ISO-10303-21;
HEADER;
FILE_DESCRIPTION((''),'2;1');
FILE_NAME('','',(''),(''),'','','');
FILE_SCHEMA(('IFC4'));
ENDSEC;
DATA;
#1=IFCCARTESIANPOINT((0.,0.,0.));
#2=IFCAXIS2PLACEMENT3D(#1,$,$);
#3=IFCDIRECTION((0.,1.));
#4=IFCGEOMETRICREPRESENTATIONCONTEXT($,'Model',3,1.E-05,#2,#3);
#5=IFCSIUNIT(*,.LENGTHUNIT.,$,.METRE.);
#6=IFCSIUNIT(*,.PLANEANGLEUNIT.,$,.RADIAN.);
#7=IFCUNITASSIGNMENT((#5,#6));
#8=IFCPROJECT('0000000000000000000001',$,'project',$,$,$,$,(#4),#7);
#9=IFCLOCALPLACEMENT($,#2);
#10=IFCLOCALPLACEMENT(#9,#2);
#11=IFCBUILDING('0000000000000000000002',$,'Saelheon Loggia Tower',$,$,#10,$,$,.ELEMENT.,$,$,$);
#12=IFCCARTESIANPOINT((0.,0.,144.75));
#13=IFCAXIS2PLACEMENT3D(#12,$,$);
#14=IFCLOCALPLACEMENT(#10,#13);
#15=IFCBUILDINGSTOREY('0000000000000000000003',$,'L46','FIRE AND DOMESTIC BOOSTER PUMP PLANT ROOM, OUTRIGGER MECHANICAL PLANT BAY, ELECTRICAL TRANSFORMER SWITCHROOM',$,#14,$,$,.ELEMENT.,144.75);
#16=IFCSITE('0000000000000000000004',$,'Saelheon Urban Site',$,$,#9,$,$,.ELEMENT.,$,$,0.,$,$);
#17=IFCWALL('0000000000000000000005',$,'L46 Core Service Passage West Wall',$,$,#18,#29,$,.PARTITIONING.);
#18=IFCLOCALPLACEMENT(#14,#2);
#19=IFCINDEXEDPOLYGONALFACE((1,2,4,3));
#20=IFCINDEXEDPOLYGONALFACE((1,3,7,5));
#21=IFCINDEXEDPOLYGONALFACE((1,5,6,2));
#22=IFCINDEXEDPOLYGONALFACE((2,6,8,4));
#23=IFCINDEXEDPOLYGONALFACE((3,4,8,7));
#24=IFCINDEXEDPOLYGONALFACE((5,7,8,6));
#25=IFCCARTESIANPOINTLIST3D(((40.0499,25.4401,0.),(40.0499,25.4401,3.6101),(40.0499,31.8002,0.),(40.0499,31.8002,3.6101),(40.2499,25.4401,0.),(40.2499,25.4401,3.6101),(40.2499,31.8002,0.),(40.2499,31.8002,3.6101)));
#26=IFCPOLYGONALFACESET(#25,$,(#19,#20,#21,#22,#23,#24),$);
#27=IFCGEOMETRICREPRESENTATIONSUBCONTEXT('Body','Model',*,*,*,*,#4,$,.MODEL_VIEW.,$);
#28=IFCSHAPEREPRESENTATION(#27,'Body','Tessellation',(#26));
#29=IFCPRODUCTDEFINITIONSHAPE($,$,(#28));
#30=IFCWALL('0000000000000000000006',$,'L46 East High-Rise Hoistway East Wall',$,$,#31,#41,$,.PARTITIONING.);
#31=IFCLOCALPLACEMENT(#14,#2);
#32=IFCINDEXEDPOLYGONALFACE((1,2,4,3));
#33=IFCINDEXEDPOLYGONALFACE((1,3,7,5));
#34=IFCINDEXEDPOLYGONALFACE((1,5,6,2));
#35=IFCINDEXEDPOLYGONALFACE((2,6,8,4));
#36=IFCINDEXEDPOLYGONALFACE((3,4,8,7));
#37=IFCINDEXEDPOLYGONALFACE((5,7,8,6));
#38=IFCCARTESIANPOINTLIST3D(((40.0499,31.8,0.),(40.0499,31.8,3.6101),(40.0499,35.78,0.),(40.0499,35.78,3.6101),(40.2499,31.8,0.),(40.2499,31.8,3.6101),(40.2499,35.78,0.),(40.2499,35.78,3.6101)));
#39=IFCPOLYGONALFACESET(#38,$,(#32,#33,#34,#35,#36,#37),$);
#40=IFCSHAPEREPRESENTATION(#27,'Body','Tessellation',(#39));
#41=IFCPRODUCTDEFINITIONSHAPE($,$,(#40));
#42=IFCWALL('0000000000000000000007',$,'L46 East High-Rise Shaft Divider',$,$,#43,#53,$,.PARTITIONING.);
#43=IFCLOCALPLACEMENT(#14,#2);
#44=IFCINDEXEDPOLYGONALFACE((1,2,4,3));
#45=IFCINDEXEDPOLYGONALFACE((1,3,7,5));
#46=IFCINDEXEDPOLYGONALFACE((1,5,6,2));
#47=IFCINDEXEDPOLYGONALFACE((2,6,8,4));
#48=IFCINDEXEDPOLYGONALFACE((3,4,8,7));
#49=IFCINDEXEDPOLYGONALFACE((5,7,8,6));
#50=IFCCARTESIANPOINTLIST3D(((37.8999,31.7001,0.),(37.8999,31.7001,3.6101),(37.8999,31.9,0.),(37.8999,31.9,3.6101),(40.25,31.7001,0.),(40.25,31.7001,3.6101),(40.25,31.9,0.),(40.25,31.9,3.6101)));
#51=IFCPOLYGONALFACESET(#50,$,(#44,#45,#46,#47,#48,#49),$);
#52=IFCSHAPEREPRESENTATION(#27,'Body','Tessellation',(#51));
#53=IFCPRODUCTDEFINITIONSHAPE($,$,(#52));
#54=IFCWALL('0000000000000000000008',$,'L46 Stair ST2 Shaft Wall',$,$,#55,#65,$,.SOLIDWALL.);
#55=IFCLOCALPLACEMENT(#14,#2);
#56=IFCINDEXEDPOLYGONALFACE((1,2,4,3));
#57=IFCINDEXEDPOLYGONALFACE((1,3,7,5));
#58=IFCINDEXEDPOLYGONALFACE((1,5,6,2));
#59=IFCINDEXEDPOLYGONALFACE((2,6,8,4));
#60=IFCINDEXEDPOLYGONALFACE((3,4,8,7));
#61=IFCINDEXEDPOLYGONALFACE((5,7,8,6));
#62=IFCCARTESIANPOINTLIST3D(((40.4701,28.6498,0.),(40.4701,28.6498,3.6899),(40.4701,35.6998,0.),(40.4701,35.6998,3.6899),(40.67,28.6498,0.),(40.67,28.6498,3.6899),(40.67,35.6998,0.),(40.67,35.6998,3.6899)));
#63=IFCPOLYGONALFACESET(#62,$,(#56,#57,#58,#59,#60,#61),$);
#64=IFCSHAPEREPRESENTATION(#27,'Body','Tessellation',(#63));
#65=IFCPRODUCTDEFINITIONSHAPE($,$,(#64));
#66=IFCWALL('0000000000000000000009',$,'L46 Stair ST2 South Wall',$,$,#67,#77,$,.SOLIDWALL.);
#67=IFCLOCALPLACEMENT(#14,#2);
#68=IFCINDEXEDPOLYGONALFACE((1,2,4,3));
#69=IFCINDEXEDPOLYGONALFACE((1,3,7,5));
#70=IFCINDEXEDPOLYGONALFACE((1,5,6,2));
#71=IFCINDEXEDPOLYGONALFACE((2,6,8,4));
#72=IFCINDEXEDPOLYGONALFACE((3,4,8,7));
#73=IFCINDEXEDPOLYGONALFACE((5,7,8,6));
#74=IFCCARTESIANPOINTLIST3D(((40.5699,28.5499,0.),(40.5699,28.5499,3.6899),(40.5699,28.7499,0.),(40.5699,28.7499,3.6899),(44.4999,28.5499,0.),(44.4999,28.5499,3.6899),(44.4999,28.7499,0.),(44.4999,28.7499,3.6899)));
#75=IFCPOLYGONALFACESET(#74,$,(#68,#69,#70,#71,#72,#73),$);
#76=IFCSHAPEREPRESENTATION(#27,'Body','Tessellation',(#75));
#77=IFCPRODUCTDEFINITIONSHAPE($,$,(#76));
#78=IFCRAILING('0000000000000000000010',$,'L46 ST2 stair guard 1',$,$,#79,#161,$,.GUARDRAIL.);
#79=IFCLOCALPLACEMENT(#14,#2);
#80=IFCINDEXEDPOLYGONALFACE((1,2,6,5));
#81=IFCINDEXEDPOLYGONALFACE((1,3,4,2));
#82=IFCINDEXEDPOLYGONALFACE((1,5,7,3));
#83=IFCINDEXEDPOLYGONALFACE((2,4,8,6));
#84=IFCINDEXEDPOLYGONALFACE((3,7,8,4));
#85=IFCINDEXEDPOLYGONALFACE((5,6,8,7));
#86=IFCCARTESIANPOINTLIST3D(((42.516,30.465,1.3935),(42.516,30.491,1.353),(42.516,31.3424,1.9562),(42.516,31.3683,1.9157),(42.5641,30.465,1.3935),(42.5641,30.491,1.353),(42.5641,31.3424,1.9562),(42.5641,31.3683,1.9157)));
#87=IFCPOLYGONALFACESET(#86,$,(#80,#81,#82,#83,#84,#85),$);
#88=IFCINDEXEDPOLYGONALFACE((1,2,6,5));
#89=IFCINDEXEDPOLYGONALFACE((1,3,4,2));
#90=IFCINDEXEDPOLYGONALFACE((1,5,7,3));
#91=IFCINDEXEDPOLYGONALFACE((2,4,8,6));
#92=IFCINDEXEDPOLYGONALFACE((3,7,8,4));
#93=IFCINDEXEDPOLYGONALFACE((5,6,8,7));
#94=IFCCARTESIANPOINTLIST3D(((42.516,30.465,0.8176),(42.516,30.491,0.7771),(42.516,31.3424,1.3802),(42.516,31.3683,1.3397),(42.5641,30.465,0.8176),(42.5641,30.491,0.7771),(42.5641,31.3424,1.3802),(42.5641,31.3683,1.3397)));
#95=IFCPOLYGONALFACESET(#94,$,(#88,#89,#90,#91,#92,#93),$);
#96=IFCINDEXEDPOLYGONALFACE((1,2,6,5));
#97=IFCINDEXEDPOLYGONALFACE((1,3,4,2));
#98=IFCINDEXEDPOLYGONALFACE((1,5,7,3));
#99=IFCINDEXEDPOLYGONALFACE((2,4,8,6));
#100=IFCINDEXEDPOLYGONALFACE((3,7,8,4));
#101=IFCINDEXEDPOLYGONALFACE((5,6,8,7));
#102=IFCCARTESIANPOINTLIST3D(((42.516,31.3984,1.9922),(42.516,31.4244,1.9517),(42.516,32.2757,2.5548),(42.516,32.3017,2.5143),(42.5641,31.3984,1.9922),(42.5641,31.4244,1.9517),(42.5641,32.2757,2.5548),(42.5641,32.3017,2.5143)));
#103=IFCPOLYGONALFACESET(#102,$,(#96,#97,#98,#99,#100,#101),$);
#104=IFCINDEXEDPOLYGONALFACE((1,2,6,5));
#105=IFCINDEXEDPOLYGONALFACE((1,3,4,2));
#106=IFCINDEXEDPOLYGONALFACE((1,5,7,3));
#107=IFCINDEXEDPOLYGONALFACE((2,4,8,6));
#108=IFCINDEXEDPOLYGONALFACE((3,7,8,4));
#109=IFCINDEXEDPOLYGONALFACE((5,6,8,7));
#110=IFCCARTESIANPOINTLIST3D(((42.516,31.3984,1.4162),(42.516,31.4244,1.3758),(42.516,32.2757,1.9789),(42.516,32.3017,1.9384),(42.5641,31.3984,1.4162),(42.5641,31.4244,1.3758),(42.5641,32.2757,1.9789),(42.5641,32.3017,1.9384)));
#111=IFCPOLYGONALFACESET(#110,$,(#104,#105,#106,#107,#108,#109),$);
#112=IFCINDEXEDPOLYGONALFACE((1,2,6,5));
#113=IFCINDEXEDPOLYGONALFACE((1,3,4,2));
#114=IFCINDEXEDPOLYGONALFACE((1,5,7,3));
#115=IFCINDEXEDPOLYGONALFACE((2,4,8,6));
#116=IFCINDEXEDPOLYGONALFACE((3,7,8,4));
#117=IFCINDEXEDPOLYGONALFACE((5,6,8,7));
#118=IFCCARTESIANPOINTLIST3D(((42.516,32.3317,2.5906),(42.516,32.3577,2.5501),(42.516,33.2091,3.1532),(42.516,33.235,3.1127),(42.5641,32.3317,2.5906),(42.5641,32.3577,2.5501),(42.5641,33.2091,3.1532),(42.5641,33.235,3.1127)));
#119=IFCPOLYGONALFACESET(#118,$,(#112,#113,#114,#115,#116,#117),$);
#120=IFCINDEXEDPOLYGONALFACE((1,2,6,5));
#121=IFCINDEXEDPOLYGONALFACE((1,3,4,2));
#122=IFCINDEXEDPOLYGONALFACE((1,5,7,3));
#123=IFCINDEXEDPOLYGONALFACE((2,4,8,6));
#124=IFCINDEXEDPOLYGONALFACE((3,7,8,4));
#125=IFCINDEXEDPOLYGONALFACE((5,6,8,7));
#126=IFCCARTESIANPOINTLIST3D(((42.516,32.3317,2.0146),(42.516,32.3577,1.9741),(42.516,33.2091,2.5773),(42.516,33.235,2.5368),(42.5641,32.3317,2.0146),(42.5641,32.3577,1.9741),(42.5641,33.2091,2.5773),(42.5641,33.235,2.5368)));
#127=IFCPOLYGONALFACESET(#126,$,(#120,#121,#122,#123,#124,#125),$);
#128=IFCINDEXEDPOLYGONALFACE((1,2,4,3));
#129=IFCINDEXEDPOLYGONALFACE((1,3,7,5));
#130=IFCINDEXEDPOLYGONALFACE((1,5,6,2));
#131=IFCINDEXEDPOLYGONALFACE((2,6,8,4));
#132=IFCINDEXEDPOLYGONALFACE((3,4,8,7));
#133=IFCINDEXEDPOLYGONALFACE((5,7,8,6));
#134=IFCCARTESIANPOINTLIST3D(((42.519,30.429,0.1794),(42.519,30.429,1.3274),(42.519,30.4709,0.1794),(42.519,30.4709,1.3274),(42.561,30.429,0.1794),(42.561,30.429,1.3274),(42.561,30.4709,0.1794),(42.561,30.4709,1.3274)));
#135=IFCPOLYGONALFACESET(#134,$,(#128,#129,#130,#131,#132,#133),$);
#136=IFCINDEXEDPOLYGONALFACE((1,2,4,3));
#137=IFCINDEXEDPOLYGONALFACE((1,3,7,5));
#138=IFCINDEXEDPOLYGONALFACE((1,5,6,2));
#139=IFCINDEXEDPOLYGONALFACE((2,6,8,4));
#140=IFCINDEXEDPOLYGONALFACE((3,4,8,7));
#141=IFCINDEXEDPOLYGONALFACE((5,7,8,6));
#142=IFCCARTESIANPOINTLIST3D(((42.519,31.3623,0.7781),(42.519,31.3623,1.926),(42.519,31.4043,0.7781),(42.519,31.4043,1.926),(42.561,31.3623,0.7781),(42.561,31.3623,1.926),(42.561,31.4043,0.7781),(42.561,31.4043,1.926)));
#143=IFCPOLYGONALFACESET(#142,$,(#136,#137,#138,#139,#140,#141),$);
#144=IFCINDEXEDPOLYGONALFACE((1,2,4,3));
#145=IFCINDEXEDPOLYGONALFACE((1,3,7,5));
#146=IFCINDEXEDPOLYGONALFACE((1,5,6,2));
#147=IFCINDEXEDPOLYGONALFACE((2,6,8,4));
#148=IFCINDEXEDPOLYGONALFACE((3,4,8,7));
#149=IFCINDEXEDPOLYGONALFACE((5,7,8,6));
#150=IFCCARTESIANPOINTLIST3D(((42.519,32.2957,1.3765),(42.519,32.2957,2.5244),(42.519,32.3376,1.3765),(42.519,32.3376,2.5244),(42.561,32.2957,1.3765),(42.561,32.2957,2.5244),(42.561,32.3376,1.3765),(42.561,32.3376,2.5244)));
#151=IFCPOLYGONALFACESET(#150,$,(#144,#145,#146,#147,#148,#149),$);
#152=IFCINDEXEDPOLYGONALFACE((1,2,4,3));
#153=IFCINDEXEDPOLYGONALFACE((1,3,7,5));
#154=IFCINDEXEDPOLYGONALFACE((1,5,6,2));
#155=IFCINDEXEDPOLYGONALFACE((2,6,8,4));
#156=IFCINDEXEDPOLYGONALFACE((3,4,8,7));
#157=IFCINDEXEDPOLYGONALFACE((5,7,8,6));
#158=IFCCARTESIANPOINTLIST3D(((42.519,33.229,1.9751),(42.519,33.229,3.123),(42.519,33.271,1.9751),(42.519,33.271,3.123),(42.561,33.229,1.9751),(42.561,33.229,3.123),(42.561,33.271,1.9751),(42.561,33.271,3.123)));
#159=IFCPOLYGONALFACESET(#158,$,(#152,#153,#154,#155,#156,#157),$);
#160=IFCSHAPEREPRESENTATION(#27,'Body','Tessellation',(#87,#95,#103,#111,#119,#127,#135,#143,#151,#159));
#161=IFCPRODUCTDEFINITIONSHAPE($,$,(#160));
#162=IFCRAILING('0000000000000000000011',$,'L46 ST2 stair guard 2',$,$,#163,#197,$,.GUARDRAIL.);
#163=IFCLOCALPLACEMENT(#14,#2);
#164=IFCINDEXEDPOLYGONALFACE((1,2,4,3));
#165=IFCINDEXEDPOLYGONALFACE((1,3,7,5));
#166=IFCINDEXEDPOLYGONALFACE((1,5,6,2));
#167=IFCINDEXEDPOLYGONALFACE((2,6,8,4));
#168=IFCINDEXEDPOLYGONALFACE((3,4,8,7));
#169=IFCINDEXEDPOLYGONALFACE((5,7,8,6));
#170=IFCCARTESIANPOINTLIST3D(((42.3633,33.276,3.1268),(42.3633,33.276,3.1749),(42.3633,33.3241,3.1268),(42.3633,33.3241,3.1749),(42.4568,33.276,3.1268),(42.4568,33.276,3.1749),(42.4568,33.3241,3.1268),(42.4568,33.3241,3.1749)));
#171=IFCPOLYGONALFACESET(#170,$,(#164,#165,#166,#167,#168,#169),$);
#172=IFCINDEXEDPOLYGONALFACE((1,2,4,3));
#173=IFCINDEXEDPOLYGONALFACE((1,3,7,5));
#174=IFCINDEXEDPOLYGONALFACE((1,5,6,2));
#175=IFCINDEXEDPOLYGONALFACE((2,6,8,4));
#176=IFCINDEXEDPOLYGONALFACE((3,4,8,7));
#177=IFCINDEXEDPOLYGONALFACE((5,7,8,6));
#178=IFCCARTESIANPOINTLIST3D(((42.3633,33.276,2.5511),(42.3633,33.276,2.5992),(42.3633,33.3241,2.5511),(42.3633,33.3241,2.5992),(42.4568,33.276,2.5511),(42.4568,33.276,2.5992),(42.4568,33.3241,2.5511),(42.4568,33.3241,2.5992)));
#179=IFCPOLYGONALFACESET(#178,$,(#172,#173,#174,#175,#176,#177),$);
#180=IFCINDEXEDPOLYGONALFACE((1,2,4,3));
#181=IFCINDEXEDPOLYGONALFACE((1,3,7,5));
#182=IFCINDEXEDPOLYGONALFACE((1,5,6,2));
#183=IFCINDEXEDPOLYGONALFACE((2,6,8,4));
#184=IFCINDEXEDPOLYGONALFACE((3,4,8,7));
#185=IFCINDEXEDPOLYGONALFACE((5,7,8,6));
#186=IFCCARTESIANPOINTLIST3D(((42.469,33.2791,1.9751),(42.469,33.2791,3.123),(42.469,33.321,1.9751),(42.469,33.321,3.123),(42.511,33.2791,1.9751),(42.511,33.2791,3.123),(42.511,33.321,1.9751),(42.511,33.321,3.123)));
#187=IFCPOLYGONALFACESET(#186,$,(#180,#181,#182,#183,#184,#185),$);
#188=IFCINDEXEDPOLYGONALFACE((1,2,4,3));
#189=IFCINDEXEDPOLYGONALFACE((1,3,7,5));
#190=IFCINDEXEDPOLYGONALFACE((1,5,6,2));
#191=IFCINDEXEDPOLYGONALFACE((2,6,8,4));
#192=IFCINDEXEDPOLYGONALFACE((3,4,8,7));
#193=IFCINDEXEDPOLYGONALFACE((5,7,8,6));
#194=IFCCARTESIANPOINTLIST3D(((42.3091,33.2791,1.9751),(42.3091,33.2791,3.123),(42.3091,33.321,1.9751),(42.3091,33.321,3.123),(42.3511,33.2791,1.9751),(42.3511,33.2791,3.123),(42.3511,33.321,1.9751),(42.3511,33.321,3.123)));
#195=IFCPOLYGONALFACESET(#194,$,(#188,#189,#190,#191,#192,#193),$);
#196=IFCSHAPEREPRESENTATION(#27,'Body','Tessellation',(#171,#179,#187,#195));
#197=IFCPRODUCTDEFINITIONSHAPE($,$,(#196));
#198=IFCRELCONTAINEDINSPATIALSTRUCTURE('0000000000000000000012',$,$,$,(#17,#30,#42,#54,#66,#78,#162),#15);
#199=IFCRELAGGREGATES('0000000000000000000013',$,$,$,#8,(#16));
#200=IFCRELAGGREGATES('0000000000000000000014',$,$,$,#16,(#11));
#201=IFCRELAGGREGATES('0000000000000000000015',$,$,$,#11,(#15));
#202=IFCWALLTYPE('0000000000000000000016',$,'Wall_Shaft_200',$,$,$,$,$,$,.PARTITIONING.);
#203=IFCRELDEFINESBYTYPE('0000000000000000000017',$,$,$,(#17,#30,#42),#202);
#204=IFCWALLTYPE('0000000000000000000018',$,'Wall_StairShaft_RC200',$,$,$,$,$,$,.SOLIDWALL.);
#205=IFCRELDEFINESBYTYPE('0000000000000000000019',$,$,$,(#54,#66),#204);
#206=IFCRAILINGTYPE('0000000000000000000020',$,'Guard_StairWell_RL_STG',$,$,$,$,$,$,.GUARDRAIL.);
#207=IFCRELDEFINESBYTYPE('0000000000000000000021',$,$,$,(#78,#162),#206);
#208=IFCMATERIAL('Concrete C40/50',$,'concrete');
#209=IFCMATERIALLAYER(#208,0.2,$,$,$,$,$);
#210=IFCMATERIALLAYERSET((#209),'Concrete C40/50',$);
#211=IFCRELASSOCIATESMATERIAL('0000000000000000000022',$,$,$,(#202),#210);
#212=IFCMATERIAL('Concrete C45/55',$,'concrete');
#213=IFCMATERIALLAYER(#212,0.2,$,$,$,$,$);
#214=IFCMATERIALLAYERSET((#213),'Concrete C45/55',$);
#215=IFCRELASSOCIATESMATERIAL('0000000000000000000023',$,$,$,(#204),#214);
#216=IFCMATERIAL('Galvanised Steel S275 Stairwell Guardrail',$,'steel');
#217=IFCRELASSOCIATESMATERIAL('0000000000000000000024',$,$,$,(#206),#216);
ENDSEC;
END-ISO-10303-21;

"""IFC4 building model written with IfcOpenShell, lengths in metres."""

from ifc_helpers import new_model, si_unit, direction, frame, frame_2d, origin, origin_2d, place, context, subcontext, project, spatial, rectangle, extrude, material, layer, layer_set, type_object, element, save


model = new_model("IFC4")

# Units and contexts
model_context = context("Model", 3, precision=1e-05, world=origin(), true_north=direction((0.0, 1.0)))
body_context = subcontext(model_context, "Body", "Model", "MODEL_VIEW")
ifc_project = project(units=[si_unit("LENGTHUNIT", "METRE"), si_unit("PLANEANGLEUNIT", "RADIAN")], contexts=[model_context])

# Site, building, storey
site_placement = place(None, origin())
site = spatial("IfcSite", under=ifc_project, at=site_placement, Name="Saelheon Urban Site", CompositionType="ELEMENT", RefElevation=0.0)
building_placement = place(site_placement, origin())
building = spatial("IfcBuilding", under=site, at=building_placement, Name="Saelheon Loggia Tower", CompositionType="ELEMENT")
storey_placement = place(building_placement, frame((0.0, 0.0, 144.75)))
storey = spatial("IfcBuildingStorey", under=building, at=storey_placement, Name="L46", Description="FIRE AND DOMESTIC BOOSTER PUMP PLANT ROOM, OUTRIGGER MECHANICAL PLANT BAY, ELECTRICAL TRANSFORMER SWITCHROOM", CompositionType="ELEMENT", Elevation=144.75)

# Walls
ifc_material_1 = material(Name="Concrete C40/50", Category="concrete")
ifc_layer_1 = layer(ifc_material_1, 0.2)
ifc_layer_set_1 = layer_set([ifc_layer_1], Name="Concrete C40/50")
wall_type_1 = type_object("IfcWallType", Name="Wall_Shaft_200", PredefinedType="PARTITIONING", material=ifc_layer_set_1)
wall_1_placement = place(storey_placement, frame((40.1499, 25.4399, 0.0), z_axis=(0.0, 0.0, 1.0), x_axis=(0.0, 1.0, 0.0)))
element("IfcWall", 1, at=wall_1_placement, inside=storey, type_object=wall_type_1, Name="L46 Core Service Passage West Wall", PredefinedType="PARTITIONING", context=body_context, shape_type="SweptSolid", body=[
    extrude(rectangle(XDim=6.3601, YDim=0.2, at=frame_2d((3.1802, 0.0))), origin(), (0.0, 0.0, 1.0), 3.6101),
])
wall_2_placement = place(storey_placement, frame((40.1499, 31.8, 0.0), z_axis=(0.0, 0.0, 1.0), x_axis=(0.0, 1.0, 0.0)))
element("IfcWall", 2, at=wall_2_placement, inside=storey, type_object=wall_type_1, Name="L46 East High-Rise Hoistway East Wall", PredefinedType="PARTITIONING", context=body_context, shape_type="SweptSolid", body=[
    extrude(rectangle(XDim=3.98, YDim=0.2, at=frame_2d((1.99, 0.0))), origin(), (0.0, 0.0, 1.0), 3.6101),
])
wall_3_placement = place(storey_placement, frame((37.8999, 31.8, 0.0), z_axis=(0.0, 0.0, 1.0), x_axis=(1.0, 0.0, 0.0)))
element("IfcWall", 3, at=wall_3_placement, inside=storey, type_object=wall_type_1, Name="L46 East High-Rise Shaft Divider", PredefinedType="PARTITIONING", context=body_context, shape_type="SweptSolid", body=[
    extrude(rectangle(XDim=2.3501, YDim=0.2, at=frame_2d((1.175, 0.0))), origin(), (0.0, 0.0, 1.0), 3.6101),
])
ifc_material_2 = material(Name="Concrete C45/55", Category="concrete")
ifc_layer_2 = layer(ifc_material_2, 0.2)
ifc_layer_set_2 = layer_set([ifc_layer_2], Name="Concrete C45/55")
wall_type_2 = type_object("IfcWallType", Name="Wall_StairShaft_RC200", PredefinedType="SOLIDWALL", material=ifc_layer_set_2)
wall_4_placement = place(storey_placement, frame((40.5701, 28.6499, 0.0), z_axis=(0.0, 0.0, 1.0), x_axis=(0.0, 1.0, 0.0)))
element("IfcWall", 4, at=wall_4_placement, inside=storey, type_object=wall_type_2, Name="L46 Stair ST2 Shaft Wall", PredefinedType="SOLIDWALL", context=body_context, shape_type="SweptSolid", body=[
    extrude(rectangle(XDim=7.05, YDim=0.2, at=frame_2d((3.5249, 0.0))), origin(), (0.0, 0.0, 1.0), 3.6899),
])
wall_5_placement = place(storey_placement, frame((40.5701, 28.6499, 0.0), z_axis=(0.0, 0.0, 1.0), x_axis=(1.0, 0.0, 0.0)))
element("IfcWall", 5, at=wall_5_placement, inside=storey, type_object=wall_type_2, Name="L46 Stair ST2 South Wall", PredefinedType="SOLIDWALL", context=body_context, shape_type="SweptSolid", body=[
    extrude(rectangle(XDim=3.9299, YDim=0.2, at=frame_2d((1.9648, 0.0))), origin(), (0.0, 0.0, 1.0), 3.6899),
])

# Railings
ifc_material_3 = material(Name="Galvanised Steel S275 Stairwell Guardrail", Category="steel")
railing_type_1 = type_object("IfcRailingType", Name="Guard_StairWell_RL_STG", PredefinedType="GUARDRAIL", material=ifc_material_3)
railing_1_placement = place(storey_placement, frame((42.54, 30.45, 0.1794)))
element("IfcRailing", 6, at=railing_1_placement, inside=storey, type_object=railing_type_1, Name="L46 ST2 stair guard 1", PredefinedType="GUARDRAIL", context=body_context, shape_type="SweptSolid", body=[
    extrude(rectangle(XDim=0.0481, YDim=0.0481, at=origin_2d()), frame((0.0, 0.0281, 1.1938), z_axis=(0.0, 0.841777, 0.539826), x_axis=(-1.0, 0.0, 0.0)), (0.0, 0.0, 1.0), 1.0422),
    extrude(rectangle(XDim=0.0481, YDim=0.0481, at=origin_2d()), frame((0.0, 0.0281, 0.6179), z_axis=(0.0, 0.841777, 0.539826), x_axis=(-1.0, 0.0, 0.0)), (0.0, 0.0, 1.0), 1.0422),
    extrude(rectangle(XDim=0.0481, YDim=0.0481, at=origin_2d()), frame((0.0, 0.9614, 1.7925), z_axis=(0.0, 0.841777, 0.539826), x_axis=(-1.0, 0.0, 0.0)), (0.0, 0.0, 1.0), 1.0422),
    extrude(rectangle(XDim=0.0481, YDim=0.0481, at=origin_2d()), frame((0.0, 0.9614, 1.2166), z_axis=(0.0, 0.841777, 0.539826), x_axis=(-1.0, 0.0, 0.0)), (0.0, 0.0, 1.0), 1.0422),
    extrude(rectangle(XDim=0.0481, YDim=0.0481, at=origin_2d()), frame((0.0, 1.8948, 2.3909), z_axis=(0.0, 0.841777, 0.539826), x_axis=(-1.0, 0.0, 0.0)), (0.0, 0.0, 1.0), 1.0422),
    extrude(rectangle(XDim=0.0481, YDim=0.0481, at=origin_2d()), frame((0.0, 1.8948, 1.8149), z_axis=(0.0, 0.841777, 0.539826), x_axis=(-1.0, 0.0, 0.0)), (0.0, 0.0, 1.0), 1.0422),
    extrude(rectangle(XDim=0.042, YDim=0.042, at=origin_2d()), origin(), (0.0, 0.0, 1.0), 1.1479),
    extrude(rectangle(XDim=0.042, YDim=0.042, at=origin_2d()), frame((0.0, 0.9333, 0.5986)), (0.0, 0.0, 1.0), 1.1479),
    extrude(rectangle(XDim=0.042, YDim=0.042, at=origin_2d()), frame((0.0, 1.8667, 1.197)), (0.0, 0.0, 1.0), 1.1479),
    extrude(rectangle(XDim=0.042, YDim=0.042, at=origin_2d()), frame((0.0, 2.8, 1.7957)), (0.0, 0.0, 1.0), 1.1479),
])
railing_2_placement = place(storey_placement, frame((42.49, 33.3, 1.9751)))
element("IfcRailing", 7, at=railing_2_placement, inside=storey, type_object=railing_type_1, Name="L46 ST2 stair guard 2", PredefinedType="GUARDRAIL", context=body_context, shape_type="SweptSolid", body=[
    extrude(rectangle(XDim=0.0481, YDim=0.0481, at=origin_2d()), frame((-0.0332, 0.0, 1.1758), z_axis=(-1.0, 0.0, 0.0), x_axis=(0.0, -1.0, 0.0)), (0.0, 0.0, 1.0), 0.0935),
    extrude(rectangle(XDim=0.0481, YDim=0.0481, at=origin_2d()), frame((-0.0332, 0.0, 0.6001), z_axis=(-1.0, 0.0, 0.0), x_axis=(0.0, -1.0, 0.0)), (0.0, 0.0, 1.0), 0.0935),
    extrude(rectangle(XDim=0.042, YDim=0.042, at=origin_2d()), origin(), (0.0, 0.0, 1.0), 1.1479),
    extrude(rectangle(XDim=0.042, YDim=0.042, at=origin_2d()), frame((-0.1599, 0.0, 0.0)), (0.0, 0.0, 1.0), 1.1479),
])

save(model, "model.ifc")
